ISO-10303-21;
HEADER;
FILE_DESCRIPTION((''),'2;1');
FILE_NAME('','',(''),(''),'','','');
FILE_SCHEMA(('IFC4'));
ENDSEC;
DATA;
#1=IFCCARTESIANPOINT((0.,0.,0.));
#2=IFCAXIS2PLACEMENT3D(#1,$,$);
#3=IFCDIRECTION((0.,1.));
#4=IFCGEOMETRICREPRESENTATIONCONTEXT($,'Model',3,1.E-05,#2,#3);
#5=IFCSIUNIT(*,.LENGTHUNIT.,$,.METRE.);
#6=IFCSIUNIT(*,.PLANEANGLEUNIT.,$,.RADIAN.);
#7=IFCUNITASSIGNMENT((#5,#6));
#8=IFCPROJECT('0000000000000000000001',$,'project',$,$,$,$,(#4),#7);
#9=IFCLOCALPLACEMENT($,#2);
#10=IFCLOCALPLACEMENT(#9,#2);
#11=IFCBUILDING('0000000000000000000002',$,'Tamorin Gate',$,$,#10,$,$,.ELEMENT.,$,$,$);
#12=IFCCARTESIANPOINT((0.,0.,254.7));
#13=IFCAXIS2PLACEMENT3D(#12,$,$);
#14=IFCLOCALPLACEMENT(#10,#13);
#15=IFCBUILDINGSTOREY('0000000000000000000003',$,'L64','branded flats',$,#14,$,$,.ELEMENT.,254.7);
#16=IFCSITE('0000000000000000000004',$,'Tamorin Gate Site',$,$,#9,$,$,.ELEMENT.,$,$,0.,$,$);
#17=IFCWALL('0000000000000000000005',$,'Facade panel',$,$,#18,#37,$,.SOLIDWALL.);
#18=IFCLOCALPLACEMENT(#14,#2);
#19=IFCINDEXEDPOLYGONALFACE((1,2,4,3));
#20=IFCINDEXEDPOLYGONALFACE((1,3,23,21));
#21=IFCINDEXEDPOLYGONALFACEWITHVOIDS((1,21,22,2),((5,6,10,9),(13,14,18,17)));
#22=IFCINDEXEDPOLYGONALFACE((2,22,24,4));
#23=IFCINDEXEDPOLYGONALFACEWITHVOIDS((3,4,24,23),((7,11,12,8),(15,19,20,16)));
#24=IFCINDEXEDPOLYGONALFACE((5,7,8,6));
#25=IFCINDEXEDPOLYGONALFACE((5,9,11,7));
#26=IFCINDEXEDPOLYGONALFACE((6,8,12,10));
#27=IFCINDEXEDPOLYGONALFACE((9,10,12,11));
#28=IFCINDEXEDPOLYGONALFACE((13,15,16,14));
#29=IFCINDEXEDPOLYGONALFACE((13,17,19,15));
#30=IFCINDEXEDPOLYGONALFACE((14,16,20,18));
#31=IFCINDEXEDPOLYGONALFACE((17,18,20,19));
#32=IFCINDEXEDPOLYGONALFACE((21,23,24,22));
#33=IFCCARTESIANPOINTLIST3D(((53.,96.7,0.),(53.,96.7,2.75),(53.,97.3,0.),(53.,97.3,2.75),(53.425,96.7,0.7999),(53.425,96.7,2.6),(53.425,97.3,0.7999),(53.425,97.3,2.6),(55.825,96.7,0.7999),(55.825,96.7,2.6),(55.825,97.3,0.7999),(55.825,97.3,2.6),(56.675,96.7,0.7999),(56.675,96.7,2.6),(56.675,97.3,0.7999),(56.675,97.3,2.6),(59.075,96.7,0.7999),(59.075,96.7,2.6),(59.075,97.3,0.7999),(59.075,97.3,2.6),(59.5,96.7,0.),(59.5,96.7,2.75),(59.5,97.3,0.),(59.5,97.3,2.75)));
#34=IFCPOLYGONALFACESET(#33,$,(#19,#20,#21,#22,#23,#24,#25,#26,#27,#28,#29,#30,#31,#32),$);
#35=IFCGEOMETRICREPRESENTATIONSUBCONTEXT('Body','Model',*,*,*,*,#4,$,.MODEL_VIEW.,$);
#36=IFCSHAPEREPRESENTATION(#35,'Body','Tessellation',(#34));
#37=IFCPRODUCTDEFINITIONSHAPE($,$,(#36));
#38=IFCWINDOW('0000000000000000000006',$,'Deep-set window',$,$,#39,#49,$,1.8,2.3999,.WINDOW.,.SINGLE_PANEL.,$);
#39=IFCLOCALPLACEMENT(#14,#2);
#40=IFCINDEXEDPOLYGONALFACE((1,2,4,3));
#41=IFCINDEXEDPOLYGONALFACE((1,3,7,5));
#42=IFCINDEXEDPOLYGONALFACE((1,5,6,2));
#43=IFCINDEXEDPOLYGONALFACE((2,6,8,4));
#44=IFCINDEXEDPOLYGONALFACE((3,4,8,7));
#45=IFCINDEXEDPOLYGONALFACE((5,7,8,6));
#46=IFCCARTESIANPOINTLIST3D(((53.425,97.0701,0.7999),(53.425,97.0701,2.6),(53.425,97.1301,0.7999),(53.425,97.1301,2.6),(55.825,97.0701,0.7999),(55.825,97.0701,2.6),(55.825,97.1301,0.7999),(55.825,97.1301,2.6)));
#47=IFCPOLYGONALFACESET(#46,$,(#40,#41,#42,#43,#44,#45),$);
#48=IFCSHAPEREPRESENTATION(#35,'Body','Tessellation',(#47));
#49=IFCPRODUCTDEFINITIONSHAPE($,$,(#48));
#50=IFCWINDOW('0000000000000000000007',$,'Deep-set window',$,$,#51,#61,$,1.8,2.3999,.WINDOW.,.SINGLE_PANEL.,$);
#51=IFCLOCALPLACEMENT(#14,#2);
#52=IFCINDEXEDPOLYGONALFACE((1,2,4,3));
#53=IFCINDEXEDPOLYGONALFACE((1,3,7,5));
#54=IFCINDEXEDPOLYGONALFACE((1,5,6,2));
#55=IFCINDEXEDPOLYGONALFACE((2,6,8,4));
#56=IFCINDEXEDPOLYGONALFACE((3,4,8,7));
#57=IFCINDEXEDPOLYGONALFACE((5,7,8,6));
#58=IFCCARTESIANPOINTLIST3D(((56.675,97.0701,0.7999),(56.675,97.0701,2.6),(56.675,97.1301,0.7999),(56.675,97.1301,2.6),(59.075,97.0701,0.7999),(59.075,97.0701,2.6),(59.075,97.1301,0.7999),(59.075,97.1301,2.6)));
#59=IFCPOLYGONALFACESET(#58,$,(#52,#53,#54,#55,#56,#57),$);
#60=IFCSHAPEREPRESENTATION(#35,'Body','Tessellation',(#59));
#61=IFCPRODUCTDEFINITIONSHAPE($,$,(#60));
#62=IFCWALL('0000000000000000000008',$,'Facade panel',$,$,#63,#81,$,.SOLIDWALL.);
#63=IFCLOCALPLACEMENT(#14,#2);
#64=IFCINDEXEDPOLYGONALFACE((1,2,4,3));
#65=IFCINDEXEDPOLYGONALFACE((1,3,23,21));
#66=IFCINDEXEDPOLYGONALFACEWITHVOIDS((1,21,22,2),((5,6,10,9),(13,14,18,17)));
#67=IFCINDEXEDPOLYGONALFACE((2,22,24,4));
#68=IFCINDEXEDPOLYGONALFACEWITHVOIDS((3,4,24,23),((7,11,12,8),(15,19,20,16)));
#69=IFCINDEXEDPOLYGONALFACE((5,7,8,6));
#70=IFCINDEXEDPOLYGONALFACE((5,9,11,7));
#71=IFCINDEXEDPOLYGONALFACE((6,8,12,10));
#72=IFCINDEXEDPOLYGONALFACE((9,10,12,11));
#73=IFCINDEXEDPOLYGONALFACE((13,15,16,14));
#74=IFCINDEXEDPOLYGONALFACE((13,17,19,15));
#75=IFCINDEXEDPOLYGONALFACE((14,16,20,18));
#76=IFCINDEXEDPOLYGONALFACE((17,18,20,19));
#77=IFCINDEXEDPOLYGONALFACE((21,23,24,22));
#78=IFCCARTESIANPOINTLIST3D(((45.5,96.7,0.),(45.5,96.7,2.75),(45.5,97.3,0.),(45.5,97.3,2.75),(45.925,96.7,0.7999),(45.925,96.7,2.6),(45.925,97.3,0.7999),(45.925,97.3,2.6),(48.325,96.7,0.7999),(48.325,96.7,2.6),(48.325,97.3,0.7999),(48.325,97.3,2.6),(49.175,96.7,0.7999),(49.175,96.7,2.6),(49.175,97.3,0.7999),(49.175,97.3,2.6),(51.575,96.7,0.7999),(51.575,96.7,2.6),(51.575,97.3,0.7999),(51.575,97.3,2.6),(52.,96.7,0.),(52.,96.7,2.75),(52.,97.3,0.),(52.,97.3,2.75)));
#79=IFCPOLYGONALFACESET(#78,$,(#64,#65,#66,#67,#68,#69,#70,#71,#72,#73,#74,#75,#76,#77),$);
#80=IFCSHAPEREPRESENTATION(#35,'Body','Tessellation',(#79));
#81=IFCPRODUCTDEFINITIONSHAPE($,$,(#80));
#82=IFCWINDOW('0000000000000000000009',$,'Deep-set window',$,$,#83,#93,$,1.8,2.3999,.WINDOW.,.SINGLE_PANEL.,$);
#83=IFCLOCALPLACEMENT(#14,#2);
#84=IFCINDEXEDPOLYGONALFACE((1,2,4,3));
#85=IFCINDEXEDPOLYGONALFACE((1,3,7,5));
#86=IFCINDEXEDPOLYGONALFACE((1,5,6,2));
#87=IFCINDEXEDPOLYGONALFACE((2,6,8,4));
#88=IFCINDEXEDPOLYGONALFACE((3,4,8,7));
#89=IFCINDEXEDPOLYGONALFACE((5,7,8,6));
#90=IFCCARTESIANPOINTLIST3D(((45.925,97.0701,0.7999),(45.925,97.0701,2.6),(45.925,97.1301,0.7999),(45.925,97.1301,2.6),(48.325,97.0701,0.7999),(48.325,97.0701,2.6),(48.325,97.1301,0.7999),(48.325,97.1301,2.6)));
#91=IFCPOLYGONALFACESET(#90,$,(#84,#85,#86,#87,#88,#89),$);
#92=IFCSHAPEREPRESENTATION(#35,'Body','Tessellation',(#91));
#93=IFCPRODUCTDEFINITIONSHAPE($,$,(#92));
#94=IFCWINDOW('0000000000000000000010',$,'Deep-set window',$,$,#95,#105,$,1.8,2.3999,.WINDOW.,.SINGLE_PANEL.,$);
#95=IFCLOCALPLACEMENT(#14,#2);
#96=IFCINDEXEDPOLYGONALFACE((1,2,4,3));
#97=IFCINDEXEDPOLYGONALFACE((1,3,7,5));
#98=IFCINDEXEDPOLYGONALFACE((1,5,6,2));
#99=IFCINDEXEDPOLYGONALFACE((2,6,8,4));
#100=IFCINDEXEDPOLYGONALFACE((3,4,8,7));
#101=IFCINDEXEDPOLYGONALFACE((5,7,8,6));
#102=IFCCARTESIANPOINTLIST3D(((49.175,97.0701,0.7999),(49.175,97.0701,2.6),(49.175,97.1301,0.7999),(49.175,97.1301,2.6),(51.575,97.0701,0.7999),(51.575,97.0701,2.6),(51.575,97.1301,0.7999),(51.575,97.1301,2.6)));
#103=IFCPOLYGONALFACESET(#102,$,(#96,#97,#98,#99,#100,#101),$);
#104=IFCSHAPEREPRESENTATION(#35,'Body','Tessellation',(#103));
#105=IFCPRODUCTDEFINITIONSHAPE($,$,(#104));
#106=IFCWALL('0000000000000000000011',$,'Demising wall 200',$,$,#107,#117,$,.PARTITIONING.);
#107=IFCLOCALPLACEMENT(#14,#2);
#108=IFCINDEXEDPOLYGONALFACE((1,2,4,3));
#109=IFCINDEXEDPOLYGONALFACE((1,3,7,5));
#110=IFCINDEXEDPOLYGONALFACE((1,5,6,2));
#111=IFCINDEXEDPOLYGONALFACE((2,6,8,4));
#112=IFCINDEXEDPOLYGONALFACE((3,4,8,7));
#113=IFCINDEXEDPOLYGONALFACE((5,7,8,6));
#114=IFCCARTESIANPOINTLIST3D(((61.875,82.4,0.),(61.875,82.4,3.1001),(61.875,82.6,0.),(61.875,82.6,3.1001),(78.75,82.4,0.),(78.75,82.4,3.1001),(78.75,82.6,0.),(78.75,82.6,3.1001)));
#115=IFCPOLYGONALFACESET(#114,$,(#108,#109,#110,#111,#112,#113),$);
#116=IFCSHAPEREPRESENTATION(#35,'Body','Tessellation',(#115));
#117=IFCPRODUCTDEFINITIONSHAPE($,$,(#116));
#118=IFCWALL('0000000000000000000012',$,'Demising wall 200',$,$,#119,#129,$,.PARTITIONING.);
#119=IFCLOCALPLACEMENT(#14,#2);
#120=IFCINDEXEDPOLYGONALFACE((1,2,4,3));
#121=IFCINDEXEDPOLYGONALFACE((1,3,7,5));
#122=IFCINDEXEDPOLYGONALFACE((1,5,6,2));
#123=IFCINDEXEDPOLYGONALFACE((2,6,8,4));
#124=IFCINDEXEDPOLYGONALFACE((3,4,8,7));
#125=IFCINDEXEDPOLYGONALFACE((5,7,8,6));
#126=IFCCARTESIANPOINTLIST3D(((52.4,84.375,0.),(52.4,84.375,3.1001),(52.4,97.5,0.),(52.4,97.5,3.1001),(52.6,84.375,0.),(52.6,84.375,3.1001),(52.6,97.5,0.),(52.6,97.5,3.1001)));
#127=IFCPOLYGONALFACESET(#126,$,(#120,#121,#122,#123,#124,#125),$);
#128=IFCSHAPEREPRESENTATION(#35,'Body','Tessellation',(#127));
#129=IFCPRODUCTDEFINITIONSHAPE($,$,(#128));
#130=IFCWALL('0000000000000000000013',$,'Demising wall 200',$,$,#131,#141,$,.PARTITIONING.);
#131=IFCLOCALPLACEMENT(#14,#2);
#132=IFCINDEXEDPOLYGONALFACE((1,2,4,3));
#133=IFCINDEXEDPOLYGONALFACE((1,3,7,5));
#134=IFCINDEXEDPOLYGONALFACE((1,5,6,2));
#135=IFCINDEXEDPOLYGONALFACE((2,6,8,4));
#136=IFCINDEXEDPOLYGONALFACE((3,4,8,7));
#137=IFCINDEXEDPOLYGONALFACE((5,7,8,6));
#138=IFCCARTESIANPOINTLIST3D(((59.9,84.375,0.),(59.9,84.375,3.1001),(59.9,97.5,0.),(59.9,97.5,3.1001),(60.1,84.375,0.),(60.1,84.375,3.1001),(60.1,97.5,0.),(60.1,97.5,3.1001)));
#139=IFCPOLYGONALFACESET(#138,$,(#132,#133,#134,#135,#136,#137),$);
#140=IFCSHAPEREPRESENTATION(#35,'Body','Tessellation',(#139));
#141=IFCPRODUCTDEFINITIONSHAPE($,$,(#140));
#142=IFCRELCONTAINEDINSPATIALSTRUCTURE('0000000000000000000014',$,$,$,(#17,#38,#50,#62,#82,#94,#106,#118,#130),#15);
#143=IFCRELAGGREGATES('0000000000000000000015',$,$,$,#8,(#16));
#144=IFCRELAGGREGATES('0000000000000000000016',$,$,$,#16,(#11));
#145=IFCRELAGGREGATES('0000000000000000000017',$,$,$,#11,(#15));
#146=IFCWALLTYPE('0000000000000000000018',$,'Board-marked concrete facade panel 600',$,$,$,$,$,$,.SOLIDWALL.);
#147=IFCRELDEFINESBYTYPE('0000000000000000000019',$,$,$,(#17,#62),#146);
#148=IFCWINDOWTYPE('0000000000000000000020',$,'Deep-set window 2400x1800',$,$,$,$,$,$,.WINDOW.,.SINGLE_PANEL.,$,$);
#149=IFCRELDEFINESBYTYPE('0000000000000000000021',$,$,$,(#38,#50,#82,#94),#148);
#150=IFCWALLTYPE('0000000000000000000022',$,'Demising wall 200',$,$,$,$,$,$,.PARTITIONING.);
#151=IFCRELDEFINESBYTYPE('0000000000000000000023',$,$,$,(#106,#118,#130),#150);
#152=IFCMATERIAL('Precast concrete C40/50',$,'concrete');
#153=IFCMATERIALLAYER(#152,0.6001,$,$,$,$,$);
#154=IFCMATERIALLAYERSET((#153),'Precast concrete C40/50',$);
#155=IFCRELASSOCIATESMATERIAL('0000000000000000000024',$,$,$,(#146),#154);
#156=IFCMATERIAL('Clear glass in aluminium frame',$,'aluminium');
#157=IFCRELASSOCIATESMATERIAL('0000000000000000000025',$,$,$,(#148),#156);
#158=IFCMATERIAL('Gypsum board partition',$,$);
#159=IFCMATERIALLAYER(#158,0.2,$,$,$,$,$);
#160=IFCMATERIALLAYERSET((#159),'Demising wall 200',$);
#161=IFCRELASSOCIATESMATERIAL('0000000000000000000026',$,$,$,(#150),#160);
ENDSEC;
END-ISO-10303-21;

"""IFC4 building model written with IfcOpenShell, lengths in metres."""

from ifc_helpers import new_model, si_unit, direction, frame, frame_2d, origin, place, context, subcontext, project, spatial, rectangle, extrude, material, layer, layer_set, type_object, element, fill, save


model = new_model("IFC4")

# Units and contexts
model_context = context("Model", 3, precision=1e-05, world=origin(), true_north=direction((0.0, 1.0)))
body_context = subcontext(model_context, "Body", "Model", "MODEL_VIEW")
ifc_project = project(units=[si_unit("LENGTHUNIT", "METRE"), si_unit("PLANEANGLEUNIT", "RADIAN")], contexts=[model_context])

# Site, building, storey
site_placement = place(None, origin())
site = spatial("IfcSite", under=ifc_project, at=site_placement, Name="Tamorin Gate Site", CompositionType="ELEMENT", RefElevation=0.0)
building_placement = place(site_placement, origin())
building = spatial("IfcBuilding", under=site, at=building_placement, Name="Tamorin Gate", CompositionType="ELEMENT")
storey_placement = place(building_placement, frame((0.0, 0.0, 254.7)))
storey = spatial("IfcBuildingStorey", under=building, at=storey_placement, Name="L64", Description="branded flats", CompositionType="ELEMENT", Elevation=254.7)

# Walls, openings, windows
ifc_material_1 = material(Name="Precast concrete C40/50", Category="concrete")
ifc_layer_1 = layer(ifc_material_1, 0.6001)
ifc_layer_set_1 = layer_set([ifc_layer_1], Name="Precast concrete C40/50")
wall_type_1 = type_object("IfcWallType", Name="Board-marked concrete facade panel 600", PredefinedType="SOLIDWALL", material=ifc_layer_set_1)
ifc_material_2 = material(Name="Clear glass in aluminium frame", Category="aluminium")
window_type = type_object("IfcWindowType", Name="Deep-set window 2400x1800", PartitioningType="SINGLE_PANEL", PredefinedType="WINDOW", material=ifc_material_2)
wall_1_placement = place(storey_placement, frame((59.5, 97.0, 0.0), z_axis=(0.0, 0.0, 1.0), x_axis=(-1.0, 0.0, 0.0)))
wall_1 = element("IfcWall", 1, at=wall_1_placement, inside=storey, type_object=wall_type_1, Name="Facade panel", PredefinedType="SOLIDWALL", context=body_context, shape_type="SweptSolid", body=[
    extrude(rectangle(XDim=6.5, YDim=0.6001, at=frame_2d((3.25, 0.0))), origin(), (0.0, 0.0, 1.0), 2.75),
])
opening_1_placement = place(wall_1_placement, frame((3.675, 0.0, 0.8)))
opening_1 = element("IfcOpeningElement", 2, at=opening_1_placement, cuts=wall_1, PredefinedType="OPENING", context=body_context, shape_type="SweptSolid", body=[
    extrude(rectangle(XDim=2.3999, YDim=1.8, at=frame_2d((1.2, 0.8999))), frame((0.0, 0.3101, 0.0), z_axis=(0.0, -1.0, 0.0), x_axis=(1.0, 0.0, 0.0)), (0.0, 0.0, 1.0), 0.6201),
])
opening_2_placement = place(wall_1_placement, frame((0.425, 0.0, 0.8)))
opening_2 = element("IfcOpeningElement", 3, at=opening_2_placement, cuts=wall_1, PredefinedType="OPENING", context=body_context, shape_type="SweptSolid", body=[
    extrude(rectangle(XDim=2.3999, YDim=1.8, at=frame_2d((1.2, 0.8999))), frame((0.0, 0.3101, 0.0), z_axis=(0.0, -1.0, 0.0), x_axis=(1.0, 0.0, 0.0)), (0.0, 0.0, 1.0), 0.6201),
])
window_1_placement = place(opening_1_placement, origin())
window_1 = element("IfcWindow", 4, at=window_1_placement, inside=storey, type_object=window_type, Name="Deep-set window", OverallHeight=1.8, OverallWidth=2.3999, PartitioningType="SINGLE_PANEL", PredefinedType="WINDOW", context=body_context, shape_type="SweptSolid", body=[
    extrude(rectangle(XDim=2.3999, YDim=1.8, at=frame_2d((1.2, 0.8999))), frame((0.0, -0.0701, 0.0), z_axis=(0.0, -1.0, 0.0), x_axis=(1.0, 0.0, 0.0)), (0.0, 0.0, 1.0), 0.0601),
])
fill(opening_1, window_1)
window_2_placement = place(opening_2_placement, origin())
window_2 = element("IfcWindow", 5, at=window_2_placement, inside=storey, type_object=window_type, Name="Deep-set window", OverallHeight=1.8, OverallWidth=2.3999, PartitioningType="SINGLE_PANEL", PredefinedType="WINDOW", context=body_context, shape_type="SweptSolid", body=[
    extrude(rectangle(XDim=2.3999, YDim=1.8, at=frame_2d((1.2, 0.8999))), frame((0.0, -0.0701, 0.0), z_axis=(0.0, -1.0, 0.0), x_axis=(1.0, 0.0, 0.0)), (0.0, 0.0, 1.0), 0.0601),
])
fill(opening_2, window_2)
wall_2_placement = place(storey_placement, frame((52.0, 97.0, 0.0), z_axis=(0.0, 0.0, 1.0), x_axis=(-1.0, 0.0, 0.0)))
wall_2 = element("IfcWall", 6, at=wall_2_placement, inside=storey, type_object=wall_type_1, Name="Facade panel", PredefinedType="SOLIDWALL", context=body_context, shape_type="SweptSolid", body=[
    extrude(rectangle(XDim=6.5, YDim=0.6001, at=frame_2d((3.25, 0.0))), origin(), (0.0, 0.0, 1.0), 2.75),
])
opening_3_placement = place(wall_2_placement, frame((3.675, 0.0, 0.8)))
opening_3 = element("IfcOpeningElement", 7, at=opening_3_placement, cuts=wall_2, PredefinedType="OPENING", context=body_context, shape_type="SweptSolid", body=[
    extrude(rectangle(XDim=2.3999, YDim=1.8, at=frame_2d((1.2, 0.8999))), frame((0.0, 0.3101, 0.0), z_axis=(0.0, -1.0, 0.0), x_axis=(1.0, 0.0, 0.0)), (0.0, 0.0, 1.0), 0.6201),
])
opening_4_placement = place(wall_2_placement, frame((0.425, 0.0, 0.8)))
opening_4 = element("IfcOpeningElement", 8, at=opening_4_placement, cuts=wall_2, PredefinedType="OPENING", context=body_context, shape_type="SweptSolid", body=[
    extrude(rectangle(XDim=2.3999, YDim=1.8, at=frame_2d((1.2, 0.8999))), frame((0.0, 0.3101, 0.0), z_axis=(0.0, -1.0, 0.0), x_axis=(1.0, 0.0, 0.0)), (0.0, 0.0, 1.0), 0.6201),
])
window_3_placement = place(opening_3_placement, origin())
window_3 = element("IfcWindow", 9, at=window_3_placement, inside=storey, type_object=window_type, Name="Deep-set window", OverallHeight=1.8, OverallWidth=2.3999, PartitioningType="SINGLE_PANEL", PredefinedType="WINDOW", context=body_context, shape_type="SweptSolid", body=[
    extrude(rectangle(XDim=2.3999, YDim=1.8, at=frame_2d((1.2, 0.8999))), frame((0.0, -0.0701, 0.0), z_axis=(0.0, -1.0, 0.0), x_axis=(1.0, 0.0, 0.0)), (0.0, 0.0, 1.0), 0.0601),
])
fill(opening_3, window_3)
window_4_placement = place(opening_4_placement, origin())
window_4 = element("IfcWindow", 10, at=window_4_placement, inside=storey, type_object=window_type, Name="Deep-set window", OverallHeight=1.8, OverallWidth=2.3999, PartitioningType="SINGLE_PANEL", PredefinedType="WINDOW", context=body_context, shape_type="SweptSolid", body=[
    extrude(rectangle(XDim=2.3999, YDim=1.8, at=frame_2d((1.2, 0.8999))), frame((0.0, -0.0701, 0.0), z_axis=(0.0, -1.0, 0.0), x_axis=(1.0, 0.0, 0.0)), (0.0, 0.0, 1.0), 0.0601),
])
fill(opening_4, window_4)

# Walls
ifc_material_3 = material(Name="Gypsum board partition")
ifc_layer_2 = layer(ifc_material_3, 0.2)
ifc_layer_set_2 = layer_set([ifc_layer_2], Name="Demising wall 200")
wall_type_2 = type_object("IfcWallType", Name="Demising wall 200", PredefinedType="PARTITIONING", material=ifc_layer_set_2)
wall_3_placement = place(storey_placement, frame((61.875, 82.5, 0.0), z_axis=(0.0, 0.0, 1.0), x_axis=(1.0, 0.0, 0.0)))
element("IfcWall", 11, at=wall_3_placement, inside=storey, type_object=wall_type_2, Name="Demising wall 200", PredefinedType="PARTITIONING", context=body_context, shape_type="SweptSolid", body=[
    extrude(rectangle(XDim=16.875, YDim=0.2, at=frame_2d((8.4375, 0.0))), origin(), (0.0, 0.0, 1.0), 3.1001),
])
for number, where, z_axis, x_axis, name in (
    (12, (52.5, 84.375, 0.0), (0.0, 0.0, 1.0), (0.0, 1.0, 0.0), "Demising wall 200"),
    (13, (60.0, 84.375, 0.0), (0.0, 0.0, 1.0), (0.0, 1.0, 0.0), "Demising wall 200"),
):
    element("IfcWall", number, at=place(storey_placement, frame(where, z_axis=z_axis, x_axis=x_axis)), inside=storey, type_object=wall_type_2, Name=name, PredefinedType="PARTITIONING", context=body_context, shape_type="SweptSolid", body=[
        extrude(rectangle(XDim=13.125, YDim=0.2, at=frame_2d((6.5625, 0.0))), origin(), (0.0, 0.0, 1.0), 3.1001),
    ])

save(model, "model.ifc")
